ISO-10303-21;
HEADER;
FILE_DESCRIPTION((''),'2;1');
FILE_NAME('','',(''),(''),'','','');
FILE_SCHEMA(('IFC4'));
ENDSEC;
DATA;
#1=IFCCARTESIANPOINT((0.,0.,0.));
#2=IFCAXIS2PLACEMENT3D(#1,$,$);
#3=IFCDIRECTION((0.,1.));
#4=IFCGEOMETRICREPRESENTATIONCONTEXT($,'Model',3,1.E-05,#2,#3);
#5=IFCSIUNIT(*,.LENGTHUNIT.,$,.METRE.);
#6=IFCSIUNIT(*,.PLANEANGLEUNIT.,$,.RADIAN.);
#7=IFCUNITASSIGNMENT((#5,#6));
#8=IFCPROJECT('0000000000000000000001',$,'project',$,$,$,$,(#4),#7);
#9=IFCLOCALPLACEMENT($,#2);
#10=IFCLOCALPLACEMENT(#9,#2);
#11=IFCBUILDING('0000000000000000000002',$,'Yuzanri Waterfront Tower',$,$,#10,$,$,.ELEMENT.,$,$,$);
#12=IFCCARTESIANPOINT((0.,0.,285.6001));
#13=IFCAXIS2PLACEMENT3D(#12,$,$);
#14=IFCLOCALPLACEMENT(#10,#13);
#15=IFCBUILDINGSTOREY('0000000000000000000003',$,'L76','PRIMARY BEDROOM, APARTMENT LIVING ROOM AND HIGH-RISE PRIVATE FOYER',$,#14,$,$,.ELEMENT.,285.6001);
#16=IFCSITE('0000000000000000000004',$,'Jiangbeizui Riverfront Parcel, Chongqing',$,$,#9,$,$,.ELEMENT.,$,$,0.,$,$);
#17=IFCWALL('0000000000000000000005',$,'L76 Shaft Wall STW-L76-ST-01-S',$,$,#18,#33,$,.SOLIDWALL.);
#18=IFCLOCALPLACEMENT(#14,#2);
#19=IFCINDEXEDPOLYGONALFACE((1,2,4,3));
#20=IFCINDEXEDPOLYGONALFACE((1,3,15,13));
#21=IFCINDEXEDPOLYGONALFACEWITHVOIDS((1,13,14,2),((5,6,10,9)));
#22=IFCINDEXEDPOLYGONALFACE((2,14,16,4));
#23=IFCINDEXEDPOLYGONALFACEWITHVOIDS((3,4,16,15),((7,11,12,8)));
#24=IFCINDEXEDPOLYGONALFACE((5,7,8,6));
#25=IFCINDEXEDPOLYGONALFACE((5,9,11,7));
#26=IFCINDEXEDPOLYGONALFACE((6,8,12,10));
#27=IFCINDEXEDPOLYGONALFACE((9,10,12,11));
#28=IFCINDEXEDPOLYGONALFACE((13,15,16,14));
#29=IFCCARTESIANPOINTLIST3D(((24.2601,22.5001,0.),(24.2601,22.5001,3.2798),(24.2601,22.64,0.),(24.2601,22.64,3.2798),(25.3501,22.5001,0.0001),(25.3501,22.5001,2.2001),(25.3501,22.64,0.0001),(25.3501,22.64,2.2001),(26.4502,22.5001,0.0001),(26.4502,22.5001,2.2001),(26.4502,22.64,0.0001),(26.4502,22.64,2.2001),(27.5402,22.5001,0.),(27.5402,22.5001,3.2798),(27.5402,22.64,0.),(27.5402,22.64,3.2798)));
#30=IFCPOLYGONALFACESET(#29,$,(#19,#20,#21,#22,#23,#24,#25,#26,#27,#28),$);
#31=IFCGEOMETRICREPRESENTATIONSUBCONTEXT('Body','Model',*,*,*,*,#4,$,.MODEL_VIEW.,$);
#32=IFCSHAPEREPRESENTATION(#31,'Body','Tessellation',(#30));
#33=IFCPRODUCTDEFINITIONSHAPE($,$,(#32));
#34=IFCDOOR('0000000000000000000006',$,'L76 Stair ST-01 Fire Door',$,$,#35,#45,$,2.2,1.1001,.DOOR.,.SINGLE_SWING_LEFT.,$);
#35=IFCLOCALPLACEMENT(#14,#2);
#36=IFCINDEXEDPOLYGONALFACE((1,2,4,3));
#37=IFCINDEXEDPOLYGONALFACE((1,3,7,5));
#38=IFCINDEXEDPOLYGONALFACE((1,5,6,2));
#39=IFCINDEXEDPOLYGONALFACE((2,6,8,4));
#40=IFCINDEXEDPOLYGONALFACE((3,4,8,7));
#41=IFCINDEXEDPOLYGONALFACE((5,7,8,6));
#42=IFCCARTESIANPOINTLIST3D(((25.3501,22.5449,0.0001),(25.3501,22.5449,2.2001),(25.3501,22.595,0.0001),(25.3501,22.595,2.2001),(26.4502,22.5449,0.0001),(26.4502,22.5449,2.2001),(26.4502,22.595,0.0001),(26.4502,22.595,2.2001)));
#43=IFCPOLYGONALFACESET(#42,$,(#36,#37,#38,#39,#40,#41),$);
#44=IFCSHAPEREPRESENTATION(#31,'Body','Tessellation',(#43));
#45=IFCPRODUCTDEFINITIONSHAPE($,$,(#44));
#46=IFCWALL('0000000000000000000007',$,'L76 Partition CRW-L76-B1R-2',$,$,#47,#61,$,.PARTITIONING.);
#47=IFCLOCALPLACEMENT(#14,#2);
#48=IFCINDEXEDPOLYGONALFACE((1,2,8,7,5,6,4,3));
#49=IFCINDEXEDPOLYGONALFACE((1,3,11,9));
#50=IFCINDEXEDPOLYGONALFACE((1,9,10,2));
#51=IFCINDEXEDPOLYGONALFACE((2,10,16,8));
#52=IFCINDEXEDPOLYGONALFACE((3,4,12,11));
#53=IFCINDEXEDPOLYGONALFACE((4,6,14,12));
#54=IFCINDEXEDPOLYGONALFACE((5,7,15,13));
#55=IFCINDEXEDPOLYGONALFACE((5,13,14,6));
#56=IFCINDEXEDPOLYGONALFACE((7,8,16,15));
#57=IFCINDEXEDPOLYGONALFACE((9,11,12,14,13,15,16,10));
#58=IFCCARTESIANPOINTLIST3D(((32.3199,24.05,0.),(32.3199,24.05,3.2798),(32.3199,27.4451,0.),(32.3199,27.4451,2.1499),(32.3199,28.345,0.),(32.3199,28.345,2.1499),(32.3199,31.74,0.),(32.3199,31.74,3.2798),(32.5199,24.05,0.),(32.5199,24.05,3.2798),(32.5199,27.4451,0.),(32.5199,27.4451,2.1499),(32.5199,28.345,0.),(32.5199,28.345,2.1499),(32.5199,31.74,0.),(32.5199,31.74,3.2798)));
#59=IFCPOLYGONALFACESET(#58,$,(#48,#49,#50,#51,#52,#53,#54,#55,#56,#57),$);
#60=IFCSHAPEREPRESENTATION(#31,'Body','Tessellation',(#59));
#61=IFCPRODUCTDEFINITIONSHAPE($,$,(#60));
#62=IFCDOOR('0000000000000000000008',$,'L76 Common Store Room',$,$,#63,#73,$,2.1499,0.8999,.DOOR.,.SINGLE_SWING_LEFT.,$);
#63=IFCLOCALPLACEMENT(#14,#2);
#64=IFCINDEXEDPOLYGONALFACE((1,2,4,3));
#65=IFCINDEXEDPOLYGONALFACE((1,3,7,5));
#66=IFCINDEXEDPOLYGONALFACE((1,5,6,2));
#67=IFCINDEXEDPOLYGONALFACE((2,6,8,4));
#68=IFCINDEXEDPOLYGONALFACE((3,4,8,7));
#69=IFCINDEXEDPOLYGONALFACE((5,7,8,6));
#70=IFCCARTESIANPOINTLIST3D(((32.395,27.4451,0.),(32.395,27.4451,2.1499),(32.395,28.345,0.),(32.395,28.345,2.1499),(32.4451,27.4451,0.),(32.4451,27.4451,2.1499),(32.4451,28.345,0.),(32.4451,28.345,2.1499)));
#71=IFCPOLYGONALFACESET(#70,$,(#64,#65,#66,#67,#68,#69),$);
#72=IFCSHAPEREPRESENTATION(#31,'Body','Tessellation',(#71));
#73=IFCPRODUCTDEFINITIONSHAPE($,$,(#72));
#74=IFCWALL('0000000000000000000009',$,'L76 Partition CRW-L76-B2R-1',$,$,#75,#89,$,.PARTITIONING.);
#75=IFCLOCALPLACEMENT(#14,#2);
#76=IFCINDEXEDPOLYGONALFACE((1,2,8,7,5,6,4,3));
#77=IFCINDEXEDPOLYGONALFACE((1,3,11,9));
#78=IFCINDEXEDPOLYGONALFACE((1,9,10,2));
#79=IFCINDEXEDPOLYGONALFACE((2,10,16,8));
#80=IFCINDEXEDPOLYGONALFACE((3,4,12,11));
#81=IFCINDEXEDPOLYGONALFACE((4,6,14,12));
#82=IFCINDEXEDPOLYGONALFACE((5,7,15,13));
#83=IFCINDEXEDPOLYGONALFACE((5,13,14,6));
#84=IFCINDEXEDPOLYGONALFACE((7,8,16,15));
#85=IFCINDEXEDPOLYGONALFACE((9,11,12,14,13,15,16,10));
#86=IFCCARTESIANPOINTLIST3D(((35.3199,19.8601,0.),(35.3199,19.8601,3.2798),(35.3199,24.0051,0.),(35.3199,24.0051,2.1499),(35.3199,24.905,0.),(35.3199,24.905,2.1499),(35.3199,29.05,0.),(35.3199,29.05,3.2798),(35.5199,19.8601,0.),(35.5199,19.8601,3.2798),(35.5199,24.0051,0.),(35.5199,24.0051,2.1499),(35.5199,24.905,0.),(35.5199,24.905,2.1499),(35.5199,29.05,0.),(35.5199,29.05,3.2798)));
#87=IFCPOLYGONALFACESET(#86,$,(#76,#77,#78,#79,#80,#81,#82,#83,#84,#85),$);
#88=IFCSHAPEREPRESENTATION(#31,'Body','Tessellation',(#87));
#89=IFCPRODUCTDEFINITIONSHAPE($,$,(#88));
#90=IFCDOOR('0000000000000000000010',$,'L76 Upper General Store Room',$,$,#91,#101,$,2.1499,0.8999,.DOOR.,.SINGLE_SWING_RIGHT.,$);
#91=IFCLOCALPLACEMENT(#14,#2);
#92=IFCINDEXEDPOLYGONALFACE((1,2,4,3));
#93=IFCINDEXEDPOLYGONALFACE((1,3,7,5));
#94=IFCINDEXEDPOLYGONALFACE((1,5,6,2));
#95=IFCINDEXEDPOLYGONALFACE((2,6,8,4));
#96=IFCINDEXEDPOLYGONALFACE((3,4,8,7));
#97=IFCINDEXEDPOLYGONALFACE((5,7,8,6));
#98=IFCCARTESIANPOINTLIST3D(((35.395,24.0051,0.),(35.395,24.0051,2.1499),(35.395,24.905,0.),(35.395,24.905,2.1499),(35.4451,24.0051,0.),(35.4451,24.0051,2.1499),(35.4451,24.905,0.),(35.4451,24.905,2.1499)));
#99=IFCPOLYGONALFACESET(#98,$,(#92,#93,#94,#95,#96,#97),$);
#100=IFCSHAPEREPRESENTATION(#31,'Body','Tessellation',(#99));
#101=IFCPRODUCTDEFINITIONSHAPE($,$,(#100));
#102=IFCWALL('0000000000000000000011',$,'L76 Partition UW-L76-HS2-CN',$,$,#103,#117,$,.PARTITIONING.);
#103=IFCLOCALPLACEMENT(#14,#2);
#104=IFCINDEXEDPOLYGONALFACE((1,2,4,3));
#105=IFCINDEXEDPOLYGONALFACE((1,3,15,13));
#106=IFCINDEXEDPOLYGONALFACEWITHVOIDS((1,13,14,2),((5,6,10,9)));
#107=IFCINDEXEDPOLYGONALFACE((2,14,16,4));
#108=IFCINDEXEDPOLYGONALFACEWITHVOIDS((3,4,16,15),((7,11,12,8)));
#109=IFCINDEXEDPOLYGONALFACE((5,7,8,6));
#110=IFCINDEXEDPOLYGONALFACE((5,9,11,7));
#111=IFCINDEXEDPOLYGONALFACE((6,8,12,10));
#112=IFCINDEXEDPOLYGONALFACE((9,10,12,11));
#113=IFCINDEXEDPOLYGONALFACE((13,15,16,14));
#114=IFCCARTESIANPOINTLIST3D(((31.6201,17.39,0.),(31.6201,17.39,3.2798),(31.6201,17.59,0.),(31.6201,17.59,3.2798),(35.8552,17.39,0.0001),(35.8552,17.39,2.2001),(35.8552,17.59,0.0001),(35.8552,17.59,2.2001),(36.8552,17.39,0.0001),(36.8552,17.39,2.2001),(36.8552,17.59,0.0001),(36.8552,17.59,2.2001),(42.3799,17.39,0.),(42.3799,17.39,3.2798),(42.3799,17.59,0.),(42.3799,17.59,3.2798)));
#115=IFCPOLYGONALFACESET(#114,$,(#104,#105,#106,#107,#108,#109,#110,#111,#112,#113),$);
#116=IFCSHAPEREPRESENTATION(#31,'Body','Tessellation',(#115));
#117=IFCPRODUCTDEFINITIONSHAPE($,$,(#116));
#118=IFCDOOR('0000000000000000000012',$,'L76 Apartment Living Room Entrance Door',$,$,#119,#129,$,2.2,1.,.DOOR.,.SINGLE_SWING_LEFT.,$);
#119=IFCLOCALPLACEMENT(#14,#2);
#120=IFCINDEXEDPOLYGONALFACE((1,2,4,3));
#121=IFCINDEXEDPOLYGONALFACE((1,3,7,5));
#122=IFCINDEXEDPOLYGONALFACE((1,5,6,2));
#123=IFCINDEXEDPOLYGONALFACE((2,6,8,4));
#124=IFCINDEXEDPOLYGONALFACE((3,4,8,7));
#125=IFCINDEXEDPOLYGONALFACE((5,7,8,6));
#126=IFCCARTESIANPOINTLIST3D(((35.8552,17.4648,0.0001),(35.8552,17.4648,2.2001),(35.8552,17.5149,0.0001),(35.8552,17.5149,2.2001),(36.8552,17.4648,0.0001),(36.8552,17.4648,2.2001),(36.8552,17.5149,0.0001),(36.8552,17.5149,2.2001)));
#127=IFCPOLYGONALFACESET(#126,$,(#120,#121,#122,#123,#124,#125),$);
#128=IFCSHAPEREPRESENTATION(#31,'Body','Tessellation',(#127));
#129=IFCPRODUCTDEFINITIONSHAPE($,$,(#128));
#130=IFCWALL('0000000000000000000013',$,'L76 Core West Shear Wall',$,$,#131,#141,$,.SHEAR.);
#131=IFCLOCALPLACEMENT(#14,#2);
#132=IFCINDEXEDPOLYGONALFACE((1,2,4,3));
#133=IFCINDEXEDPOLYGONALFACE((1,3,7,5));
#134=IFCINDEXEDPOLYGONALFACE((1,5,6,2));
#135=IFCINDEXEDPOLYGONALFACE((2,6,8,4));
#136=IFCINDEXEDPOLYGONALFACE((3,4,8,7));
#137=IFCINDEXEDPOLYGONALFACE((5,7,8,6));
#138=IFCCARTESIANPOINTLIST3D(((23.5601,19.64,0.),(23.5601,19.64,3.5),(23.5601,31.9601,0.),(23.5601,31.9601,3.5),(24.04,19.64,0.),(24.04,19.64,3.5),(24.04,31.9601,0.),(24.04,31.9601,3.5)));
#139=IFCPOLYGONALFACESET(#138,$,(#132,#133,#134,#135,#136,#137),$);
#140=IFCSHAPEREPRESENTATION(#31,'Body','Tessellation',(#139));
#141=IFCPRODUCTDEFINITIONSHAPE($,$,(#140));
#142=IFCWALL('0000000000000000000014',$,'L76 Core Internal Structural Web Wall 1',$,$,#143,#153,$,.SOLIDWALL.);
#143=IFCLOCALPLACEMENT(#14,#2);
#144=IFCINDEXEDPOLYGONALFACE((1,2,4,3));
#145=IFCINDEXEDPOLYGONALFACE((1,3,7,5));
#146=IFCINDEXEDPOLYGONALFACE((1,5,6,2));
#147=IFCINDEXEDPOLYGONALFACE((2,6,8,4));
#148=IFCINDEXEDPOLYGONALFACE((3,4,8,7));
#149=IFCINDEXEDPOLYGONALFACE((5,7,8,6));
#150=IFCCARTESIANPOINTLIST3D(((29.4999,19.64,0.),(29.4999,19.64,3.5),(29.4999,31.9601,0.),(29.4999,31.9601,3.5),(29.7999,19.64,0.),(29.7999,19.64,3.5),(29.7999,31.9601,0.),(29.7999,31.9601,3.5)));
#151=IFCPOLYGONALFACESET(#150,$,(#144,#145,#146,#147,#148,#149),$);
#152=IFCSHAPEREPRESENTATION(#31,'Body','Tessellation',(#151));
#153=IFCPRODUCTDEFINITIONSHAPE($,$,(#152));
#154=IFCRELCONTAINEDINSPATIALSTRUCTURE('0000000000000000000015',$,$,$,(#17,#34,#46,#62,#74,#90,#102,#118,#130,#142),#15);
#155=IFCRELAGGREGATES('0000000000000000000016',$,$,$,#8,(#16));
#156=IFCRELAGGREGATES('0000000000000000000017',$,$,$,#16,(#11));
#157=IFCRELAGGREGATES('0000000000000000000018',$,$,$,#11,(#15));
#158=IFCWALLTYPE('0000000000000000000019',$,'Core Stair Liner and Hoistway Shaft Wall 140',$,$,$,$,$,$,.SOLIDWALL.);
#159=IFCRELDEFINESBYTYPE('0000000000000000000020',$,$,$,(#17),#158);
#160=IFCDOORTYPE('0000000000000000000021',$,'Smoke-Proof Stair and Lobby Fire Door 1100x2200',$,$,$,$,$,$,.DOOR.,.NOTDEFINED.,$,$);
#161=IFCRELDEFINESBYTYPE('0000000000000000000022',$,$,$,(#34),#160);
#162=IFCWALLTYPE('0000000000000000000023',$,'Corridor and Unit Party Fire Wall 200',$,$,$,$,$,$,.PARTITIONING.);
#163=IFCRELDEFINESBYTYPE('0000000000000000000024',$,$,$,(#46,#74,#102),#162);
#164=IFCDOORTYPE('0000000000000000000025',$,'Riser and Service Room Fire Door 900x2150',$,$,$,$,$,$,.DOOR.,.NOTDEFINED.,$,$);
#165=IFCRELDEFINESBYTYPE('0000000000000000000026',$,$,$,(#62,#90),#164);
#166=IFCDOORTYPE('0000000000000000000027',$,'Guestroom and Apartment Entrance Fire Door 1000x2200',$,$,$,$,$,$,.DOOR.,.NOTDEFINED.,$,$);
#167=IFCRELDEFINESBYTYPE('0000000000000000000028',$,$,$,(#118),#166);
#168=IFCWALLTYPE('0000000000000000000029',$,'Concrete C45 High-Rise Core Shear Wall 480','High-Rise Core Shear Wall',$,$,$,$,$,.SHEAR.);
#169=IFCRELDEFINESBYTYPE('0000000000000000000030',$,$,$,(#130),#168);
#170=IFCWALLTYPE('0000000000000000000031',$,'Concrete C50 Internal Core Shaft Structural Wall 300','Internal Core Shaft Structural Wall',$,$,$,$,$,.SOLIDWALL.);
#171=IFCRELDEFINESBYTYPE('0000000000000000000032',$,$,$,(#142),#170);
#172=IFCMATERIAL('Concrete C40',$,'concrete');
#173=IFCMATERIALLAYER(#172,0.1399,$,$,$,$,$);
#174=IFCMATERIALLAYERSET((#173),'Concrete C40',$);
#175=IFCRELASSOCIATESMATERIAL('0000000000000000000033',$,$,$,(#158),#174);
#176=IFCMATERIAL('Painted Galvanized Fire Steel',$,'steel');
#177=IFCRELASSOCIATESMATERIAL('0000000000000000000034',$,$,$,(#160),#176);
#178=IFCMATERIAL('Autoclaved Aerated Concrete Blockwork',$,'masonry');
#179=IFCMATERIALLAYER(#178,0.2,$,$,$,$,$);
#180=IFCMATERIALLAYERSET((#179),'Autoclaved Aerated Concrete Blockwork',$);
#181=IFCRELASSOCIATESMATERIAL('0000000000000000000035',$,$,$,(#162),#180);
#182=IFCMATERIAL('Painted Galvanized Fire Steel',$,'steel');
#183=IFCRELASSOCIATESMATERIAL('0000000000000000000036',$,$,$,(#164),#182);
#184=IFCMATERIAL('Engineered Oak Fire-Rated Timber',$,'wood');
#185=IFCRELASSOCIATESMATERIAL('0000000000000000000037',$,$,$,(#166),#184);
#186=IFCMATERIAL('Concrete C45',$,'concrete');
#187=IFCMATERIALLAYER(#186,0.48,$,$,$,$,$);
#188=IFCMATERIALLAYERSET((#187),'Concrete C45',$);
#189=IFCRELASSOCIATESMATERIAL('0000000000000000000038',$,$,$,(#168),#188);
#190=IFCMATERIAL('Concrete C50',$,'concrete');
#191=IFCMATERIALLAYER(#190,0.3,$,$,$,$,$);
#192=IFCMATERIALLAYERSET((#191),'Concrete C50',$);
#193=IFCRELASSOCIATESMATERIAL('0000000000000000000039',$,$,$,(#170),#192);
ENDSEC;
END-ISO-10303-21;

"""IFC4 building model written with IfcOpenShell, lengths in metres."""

from ifc_helpers import new_model, si_unit, direction, frame, frame_2d, origin, place, context, subcontext, project, spatial, rectangle, extrude, source, transform, mapped, material, layer, layer_set, type_object, element, fill, save


model = new_model("IFC4")

# Units and contexts
model_context = context("Model", 3, precision=1e-05, world=origin(), true_north=direction((0.0, 1.0)))
body_context = subcontext(model_context, "Body", "Model", "MODEL_VIEW")
ifc_project = project(units=[si_unit("LENGTHUNIT", "METRE"), si_unit("PLANEANGLEUNIT", "RADIAN")], contexts=[model_context])

# Site, building, storey
site_placement = place(None, origin())
site = spatial("IfcSite", under=ifc_project, at=site_placement, Name="Jiangbeizui Riverfront Parcel, Chongqing", CompositionType="ELEMENT", RefElevation=0.0)
building_placement = place(site_placement, origin())
building = spatial("IfcBuilding", under=site, at=building_placement, Name="Yuzanri Waterfront Tower", CompositionType="ELEMENT")
storey_placement = place(building_placement, frame((0.0, 0.0, 285.6001)))
storey = spatial("IfcBuildingStorey", under=building, at=storey_placement, Name="L76", Description="PRIMARY BEDROOM, APARTMENT LIVING ROOM AND HIGH-RISE PRIVATE FOYER", CompositionType="ELEMENT", Elevation=285.6001)

# Walls, openings, doors
ifc_material_1 = material(Name="Concrete C40", Category="concrete")
ifc_layer_1 = layer(ifc_material_1, 0.1399)
ifc_layer_set_1 = layer_set([ifc_layer_1], Name="Concrete C40")
wall_type_1 = type_object("IfcWallType", Name="Core Stair Liner and Hoistway Shaft Wall 140", PredefinedType="SOLIDWALL", material=ifc_layer_set_1)
wall_1_placement = place(storey_placement, frame((24.26, 22.5701, 0.0), z_axis=(0.0, 0.0, 1.0), x_axis=(1.0, 0.0, 0.0)))
wall_1 = element("IfcWall", 1, at=wall_1_placement, inside=storey, type_object=wall_type_1, Name="L76 Shaft Wall STW-L76-ST-01-S", PredefinedType="SOLIDWALL", context=body_context, shape_type="SweptSolid", body=[
    extrude(rectangle(XDim=3.28, YDim=0.1399, at=frame_2d((1.6401, 0.0))), origin(), (0.0, 0.0, 1.0), 3.2798),
])
opening_1_placement = place(wall_1_placement, frame((1.0901, 0.0, 0.0)))
opening_1 = element("IfcOpeningElement", 2, at=opening_1_placement, cuts=wall_1, PredefinedType="OPENING", context=body_context, shape_type="SweptSolid", body=[
    extrude(rectangle(XDim=1.1001, YDim=2.2, at=frame_2d((0.55, 1.1001))), frame((0.0, 0.085, 0.0), z_axis=(0.0, -1.0, 0.0), x_axis=(1.0, 0.0, 0.0)), (0.0, 0.0, 1.0), 0.1697),
])
ifc_material_2 = material(Name="Painted Galvanized Fire Steel", Category="steel")
door_type_1 = type_object("IfcDoorType", Name="Smoke-Proof Stair and Lobby Fire Door 1100x2200", OperationType="NOTDEFINED", PredefinedType="DOOR", material=ifc_material_2)
shared_shape_1 = source(origin(), body_context, "Body", "SweptSolid", [
    extrude(rectangle(XDim=1.1001, YDim=2.2, at=frame_2d((0.55, 1.1001))), frame((0.0, 0.0249, 0.0), z_axis=(0.0, -1.0, 0.0), x_axis=(1.0, 0.0, 0.0)), (0.0, 0.0, 1.0), 0.05),
])
door_1_placement = place(opening_1_placement, origin())
door_1 = element("IfcDoor", 3, at=door_1_placement, inside=storey, type_object=door_type_1, Name="L76 Stair ST-01 Fire Door", OperationType="SINGLE_SWING_LEFT", OverallHeight=2.2, OverallWidth=1.1001, PredefinedType="DOOR", context=body_context, shape_type="MappedRepresentation", body=[
    mapped(shared_shape_1, transform((0.0, 0.0, 0.0), scale=1.0)),
])
fill(opening_1, door_1)
ifc_material_3 = material(Name="Autoclaved Aerated Concrete Blockwork", Category="masonry")
ifc_layer_2 = layer(ifc_material_3, 0.2)
ifc_layer_set_2 = layer_set([ifc_layer_2], Name="Autoclaved Aerated Concrete Blockwork")
wall_type_2 = type_object("IfcWallType", Name="Corridor and Unit Party Fire Wall 200", PredefinedType="PARTITIONING", material=ifc_layer_set_2)
ifc_material_4 = material(Name="Painted Galvanized Fire Steel", Category="steel")
door_type_2 = type_object("IfcDoorType", Name="Riser and Service Room Fire Door 900x2150", OperationType="NOTDEFINED", PredefinedType="DOOR", material=ifc_material_4)
shared_shape_2 = source(origin(), body_context, "Body", "SweptSolid", [
    extrude(rectangle(XDim=0.8999, YDim=2.1499, at=frame_2d((0.45, 1.075))), frame((0.0, 0.0249, 0.0), z_axis=(0.0, -1.0, 0.0), x_axis=(1.0, 0.0, 0.0)), (0.0, 0.0, 1.0), 0.05),
])
wall_2_placement = place(storey_placement, frame((32.4199, 24.05, 0.0), z_axis=(0.0, 0.0, 1.0), x_axis=(0.0, 1.0, 0.0)))
wall_2 = element("IfcWall", 4, at=wall_2_placement, inside=storey, type_object=wall_type_2, Name="L76 Partition CRW-L76-B1R-2", PredefinedType="PARTITIONING", context=body_context, shape_type="SweptSolid", body=[
    extrude(rectangle(XDim=7.6899, YDim=0.2, at=frame_2d((3.845, 0.0))), origin(), (0.0, 0.0, 1.0), 3.2798),
])
opening_2_placement = place(wall_2_placement, frame((3.395, 0.0, 0.0)))
opening_2 = element("IfcOpeningElement", 5, at=opening_2_placement, cuts=wall_2, PredefinedType="OPENING", context=body_context, shape_type="SweptSolid", body=[
    extrude(rectangle(XDim=0.8999, YDim=2.1499, at=frame_2d((0.45, 1.075))), frame((0.0, 0.1147, 0.0), z_axis=(0.0, -1.0, 0.0), x_axis=(1.0, 0.0, 0.0)), (0.0, 0.0, 1.0), 0.2297),
])
door_2_placement = place(opening_2_placement, origin())
door_2 = element("IfcDoor", 6, at=door_2_placement, inside=storey, type_object=door_type_2, Name="L76 Common Store Room", OperationType="SINGLE_SWING_LEFT", OverallHeight=2.1499, OverallWidth=0.8999, PredefinedType="DOOR", context=body_context, shape_type="MappedRepresentation", body=[
    mapped(shared_shape_2, transform((0.0, 0.0, 0.0), scale=1.0)),
])
fill(opening_2, door_2)
wall_3_placement = place(storey_placement, frame((35.4199, 19.8601, 0.0), z_axis=(0.0, 0.0, 1.0), x_axis=(0.0, 1.0, 0.0)))
wall_3 = element("IfcWall", 7, at=wall_3_placement, inside=storey, type_object=wall_type_2, Name="L76 Partition CRW-L76-B2R-1", PredefinedType="PARTITIONING", context=body_context, shape_type="SweptSolid", body=[
    extrude(rectangle(XDim=9.1899, YDim=0.2, at=frame_2d((4.595, 0.0))), origin(), (0.0, 0.0, 1.0), 3.2798),
])
opening_3_placement = place(wall_3_placement, frame((4.145, 0.0, 0.0)))
opening_3 = element("IfcOpeningElement", 8, at=opening_3_placement, cuts=wall_3, PredefinedType="OPENING", context=body_context, shape_type="SweptSolid", body=[
    extrude(rectangle(XDim=0.8999, YDim=2.1499, at=frame_2d((0.45, 1.075))), frame((0.0, 0.1147, 0.0), z_axis=(0.0, -1.0, 0.0), x_axis=(1.0, 0.0, 0.0)), (0.0, 0.0, 1.0), 0.2297),
])
door_3_placement = place(opening_3_placement, origin())
door_3 = element("IfcDoor", 9, at=door_3_placement, inside=storey, type_object=door_type_2, Name="L76 Upper General Store Room", OperationType="SINGLE_SWING_RIGHT", OverallHeight=2.1499, OverallWidth=0.8999, PredefinedType="DOOR", context=body_context, shape_type="MappedRepresentation", body=[
    mapped(shared_shape_2, transform((0.0, 0.0, 0.0), scale=1.0)),
])
fill(opening_3, door_3)
wall_4_placement = place(storey_placement, frame((31.6201, 17.49, 0.0), z_axis=(0.0, 0.0, 1.0), x_axis=(1.0, 0.0, 0.0)))
wall_4 = element("IfcWall", 10, at=wall_4_placement, inside=storey, type_object=wall_type_2, Name="L76 Partition UW-L76-HS2-CN", PredefinedType="PARTITIONING", context=body_context, shape_type="SweptSolid", body=[
    extrude(rectangle(XDim=10.7598, YDim=0.2, at=frame_2d((5.3799, 0.0))), origin(), (0.0, 0.0, 1.0), 3.2798),
])
opening_4_placement = place(wall_4_placement, frame((4.2351, 0.0, 0.0)))
opening_4 = element("IfcOpeningElement", 11, at=opening_4_placement, cuts=wall_4, PredefinedType="OPENING", context=body_context, shape_type="SweptSolid", body=[
    extrude(rectangle(XDim=1.0, YDim=2.2, at=frame_2d((0.5, 1.1001))), frame((0.0, 0.1147, 0.0), z_axis=(0.0, -1.0, 0.0), x_axis=(1.0, 0.0, 0.0)), (0.0, 0.0, 1.0), 0.2297),
])
ifc_material_5 = material(Name="Engineered Oak Fire-Rated Timber", Category="wood")
door_type_3 = type_object("IfcDoorType", Name="Guestroom and Apartment Entrance Fire Door 1000x2200", OperationType="NOTDEFINED", PredefinedType="DOOR", material=ifc_material_5)
shared_shape_3 = source(origin(), body_context, "Body", "SweptSolid", [
    extrude(rectangle(XDim=1.0, YDim=2.2, at=frame_2d((0.5, 1.1001))), frame((0.0, 0.0249, 0.0), z_axis=(0.0, -1.0, 0.0), x_axis=(1.0, 0.0, 0.0)), (0.0, 0.0, 1.0), 0.05),
])
door_4_placement = place(opening_4_placement, origin())
door_4 = element("IfcDoor", 12, at=door_4_placement, inside=storey, type_object=door_type_3, Name="L76 Apartment Living Room Entrance Door", OperationType="SINGLE_SWING_LEFT", OverallHeight=2.2, OverallWidth=1.0, PredefinedType="DOOR", context=body_context, shape_type="MappedRepresentation", body=[
    mapped(shared_shape_3, transform((0.0, 0.0, 0.0), scale=1.0)),
])
fill(opening_4, door_4)

# Walls
ifc_material_6 = material(Name="Concrete C45", Category="concrete")
ifc_layer_3 = layer(ifc_material_6, 0.48)
ifc_layer_set_3 = layer_set([ifc_layer_3], Name="Concrete C45")
wall_type_3 = type_object("IfcWallType", Name="Concrete C45 High-Rise Core Shear Wall 480", Description="High-Rise Core Shear Wall", PredefinedType="SHEAR", material=ifc_layer_set_3)
shared_shape_4 = source(origin(), body_context, "Body", "SweptSolid", [
    extrude(rectangle(XDim=12.3201, YDim=0.48, at=frame_2d((6.1602, 0.0))), origin(), (0.0, 0.0, 1.0), 3.5),
])
wall_5_placement = place(storey_placement, frame((23.8, 19.6399, 0.0), z_axis=(0.0, 0.0, 1.0), x_axis=(0.0, 1.0, 0.0)))
element("IfcWall", 13, at=wall_5_placement, inside=storey, type_object=wall_type_3, Name="L76 Core West Shear Wall", PredefinedType="SHEAR", context=body_context, shape_type="MappedRepresentation", body=[
    mapped(shared_shape_4, transform((0.0, 0.0, 0.0), scale=1.0)),
])
ifc_material_7 = material(Name="Concrete C50", Category="concrete")
ifc_layer_4 = layer(ifc_material_7, 0.3)
ifc_layer_set_4 = layer_set([ifc_layer_4], Name="Concrete C50")
wall_type_4 = type_object("IfcWallType", Name="Concrete C50 Internal Core Shaft Structural Wall 300", Description="Internal Core Shaft Structural Wall", PredefinedType="SOLIDWALL", material=ifc_layer_set_4)
shared_shape_5 = source(origin(), body_context, "Body", "SweptSolid", [
    extrude(rectangle(XDim=12.3201, YDim=0.3, at=frame_2d((6.1602, 0.0))), origin(), (0.0, 0.0, 1.0), 3.5),
])
wall_6_placement = place(storey_placement, frame((29.6499, 19.6399, 0.0), z_axis=(0.0, 0.0, 1.0), x_axis=(0.0, 1.0, 0.0)))
element("IfcWall", 14, at=wall_6_placement, inside=storey, type_object=wall_type_4, Name="L76 Core Internal Structural Web Wall 1", PredefinedType="SOLIDWALL", context=body_context, shape_type="MappedRepresentation", body=[
    mapped(shared_shape_5, transform((0.0, 0.0, 0.0), scale=1.0)),
])

save(model, "model.ifc")
